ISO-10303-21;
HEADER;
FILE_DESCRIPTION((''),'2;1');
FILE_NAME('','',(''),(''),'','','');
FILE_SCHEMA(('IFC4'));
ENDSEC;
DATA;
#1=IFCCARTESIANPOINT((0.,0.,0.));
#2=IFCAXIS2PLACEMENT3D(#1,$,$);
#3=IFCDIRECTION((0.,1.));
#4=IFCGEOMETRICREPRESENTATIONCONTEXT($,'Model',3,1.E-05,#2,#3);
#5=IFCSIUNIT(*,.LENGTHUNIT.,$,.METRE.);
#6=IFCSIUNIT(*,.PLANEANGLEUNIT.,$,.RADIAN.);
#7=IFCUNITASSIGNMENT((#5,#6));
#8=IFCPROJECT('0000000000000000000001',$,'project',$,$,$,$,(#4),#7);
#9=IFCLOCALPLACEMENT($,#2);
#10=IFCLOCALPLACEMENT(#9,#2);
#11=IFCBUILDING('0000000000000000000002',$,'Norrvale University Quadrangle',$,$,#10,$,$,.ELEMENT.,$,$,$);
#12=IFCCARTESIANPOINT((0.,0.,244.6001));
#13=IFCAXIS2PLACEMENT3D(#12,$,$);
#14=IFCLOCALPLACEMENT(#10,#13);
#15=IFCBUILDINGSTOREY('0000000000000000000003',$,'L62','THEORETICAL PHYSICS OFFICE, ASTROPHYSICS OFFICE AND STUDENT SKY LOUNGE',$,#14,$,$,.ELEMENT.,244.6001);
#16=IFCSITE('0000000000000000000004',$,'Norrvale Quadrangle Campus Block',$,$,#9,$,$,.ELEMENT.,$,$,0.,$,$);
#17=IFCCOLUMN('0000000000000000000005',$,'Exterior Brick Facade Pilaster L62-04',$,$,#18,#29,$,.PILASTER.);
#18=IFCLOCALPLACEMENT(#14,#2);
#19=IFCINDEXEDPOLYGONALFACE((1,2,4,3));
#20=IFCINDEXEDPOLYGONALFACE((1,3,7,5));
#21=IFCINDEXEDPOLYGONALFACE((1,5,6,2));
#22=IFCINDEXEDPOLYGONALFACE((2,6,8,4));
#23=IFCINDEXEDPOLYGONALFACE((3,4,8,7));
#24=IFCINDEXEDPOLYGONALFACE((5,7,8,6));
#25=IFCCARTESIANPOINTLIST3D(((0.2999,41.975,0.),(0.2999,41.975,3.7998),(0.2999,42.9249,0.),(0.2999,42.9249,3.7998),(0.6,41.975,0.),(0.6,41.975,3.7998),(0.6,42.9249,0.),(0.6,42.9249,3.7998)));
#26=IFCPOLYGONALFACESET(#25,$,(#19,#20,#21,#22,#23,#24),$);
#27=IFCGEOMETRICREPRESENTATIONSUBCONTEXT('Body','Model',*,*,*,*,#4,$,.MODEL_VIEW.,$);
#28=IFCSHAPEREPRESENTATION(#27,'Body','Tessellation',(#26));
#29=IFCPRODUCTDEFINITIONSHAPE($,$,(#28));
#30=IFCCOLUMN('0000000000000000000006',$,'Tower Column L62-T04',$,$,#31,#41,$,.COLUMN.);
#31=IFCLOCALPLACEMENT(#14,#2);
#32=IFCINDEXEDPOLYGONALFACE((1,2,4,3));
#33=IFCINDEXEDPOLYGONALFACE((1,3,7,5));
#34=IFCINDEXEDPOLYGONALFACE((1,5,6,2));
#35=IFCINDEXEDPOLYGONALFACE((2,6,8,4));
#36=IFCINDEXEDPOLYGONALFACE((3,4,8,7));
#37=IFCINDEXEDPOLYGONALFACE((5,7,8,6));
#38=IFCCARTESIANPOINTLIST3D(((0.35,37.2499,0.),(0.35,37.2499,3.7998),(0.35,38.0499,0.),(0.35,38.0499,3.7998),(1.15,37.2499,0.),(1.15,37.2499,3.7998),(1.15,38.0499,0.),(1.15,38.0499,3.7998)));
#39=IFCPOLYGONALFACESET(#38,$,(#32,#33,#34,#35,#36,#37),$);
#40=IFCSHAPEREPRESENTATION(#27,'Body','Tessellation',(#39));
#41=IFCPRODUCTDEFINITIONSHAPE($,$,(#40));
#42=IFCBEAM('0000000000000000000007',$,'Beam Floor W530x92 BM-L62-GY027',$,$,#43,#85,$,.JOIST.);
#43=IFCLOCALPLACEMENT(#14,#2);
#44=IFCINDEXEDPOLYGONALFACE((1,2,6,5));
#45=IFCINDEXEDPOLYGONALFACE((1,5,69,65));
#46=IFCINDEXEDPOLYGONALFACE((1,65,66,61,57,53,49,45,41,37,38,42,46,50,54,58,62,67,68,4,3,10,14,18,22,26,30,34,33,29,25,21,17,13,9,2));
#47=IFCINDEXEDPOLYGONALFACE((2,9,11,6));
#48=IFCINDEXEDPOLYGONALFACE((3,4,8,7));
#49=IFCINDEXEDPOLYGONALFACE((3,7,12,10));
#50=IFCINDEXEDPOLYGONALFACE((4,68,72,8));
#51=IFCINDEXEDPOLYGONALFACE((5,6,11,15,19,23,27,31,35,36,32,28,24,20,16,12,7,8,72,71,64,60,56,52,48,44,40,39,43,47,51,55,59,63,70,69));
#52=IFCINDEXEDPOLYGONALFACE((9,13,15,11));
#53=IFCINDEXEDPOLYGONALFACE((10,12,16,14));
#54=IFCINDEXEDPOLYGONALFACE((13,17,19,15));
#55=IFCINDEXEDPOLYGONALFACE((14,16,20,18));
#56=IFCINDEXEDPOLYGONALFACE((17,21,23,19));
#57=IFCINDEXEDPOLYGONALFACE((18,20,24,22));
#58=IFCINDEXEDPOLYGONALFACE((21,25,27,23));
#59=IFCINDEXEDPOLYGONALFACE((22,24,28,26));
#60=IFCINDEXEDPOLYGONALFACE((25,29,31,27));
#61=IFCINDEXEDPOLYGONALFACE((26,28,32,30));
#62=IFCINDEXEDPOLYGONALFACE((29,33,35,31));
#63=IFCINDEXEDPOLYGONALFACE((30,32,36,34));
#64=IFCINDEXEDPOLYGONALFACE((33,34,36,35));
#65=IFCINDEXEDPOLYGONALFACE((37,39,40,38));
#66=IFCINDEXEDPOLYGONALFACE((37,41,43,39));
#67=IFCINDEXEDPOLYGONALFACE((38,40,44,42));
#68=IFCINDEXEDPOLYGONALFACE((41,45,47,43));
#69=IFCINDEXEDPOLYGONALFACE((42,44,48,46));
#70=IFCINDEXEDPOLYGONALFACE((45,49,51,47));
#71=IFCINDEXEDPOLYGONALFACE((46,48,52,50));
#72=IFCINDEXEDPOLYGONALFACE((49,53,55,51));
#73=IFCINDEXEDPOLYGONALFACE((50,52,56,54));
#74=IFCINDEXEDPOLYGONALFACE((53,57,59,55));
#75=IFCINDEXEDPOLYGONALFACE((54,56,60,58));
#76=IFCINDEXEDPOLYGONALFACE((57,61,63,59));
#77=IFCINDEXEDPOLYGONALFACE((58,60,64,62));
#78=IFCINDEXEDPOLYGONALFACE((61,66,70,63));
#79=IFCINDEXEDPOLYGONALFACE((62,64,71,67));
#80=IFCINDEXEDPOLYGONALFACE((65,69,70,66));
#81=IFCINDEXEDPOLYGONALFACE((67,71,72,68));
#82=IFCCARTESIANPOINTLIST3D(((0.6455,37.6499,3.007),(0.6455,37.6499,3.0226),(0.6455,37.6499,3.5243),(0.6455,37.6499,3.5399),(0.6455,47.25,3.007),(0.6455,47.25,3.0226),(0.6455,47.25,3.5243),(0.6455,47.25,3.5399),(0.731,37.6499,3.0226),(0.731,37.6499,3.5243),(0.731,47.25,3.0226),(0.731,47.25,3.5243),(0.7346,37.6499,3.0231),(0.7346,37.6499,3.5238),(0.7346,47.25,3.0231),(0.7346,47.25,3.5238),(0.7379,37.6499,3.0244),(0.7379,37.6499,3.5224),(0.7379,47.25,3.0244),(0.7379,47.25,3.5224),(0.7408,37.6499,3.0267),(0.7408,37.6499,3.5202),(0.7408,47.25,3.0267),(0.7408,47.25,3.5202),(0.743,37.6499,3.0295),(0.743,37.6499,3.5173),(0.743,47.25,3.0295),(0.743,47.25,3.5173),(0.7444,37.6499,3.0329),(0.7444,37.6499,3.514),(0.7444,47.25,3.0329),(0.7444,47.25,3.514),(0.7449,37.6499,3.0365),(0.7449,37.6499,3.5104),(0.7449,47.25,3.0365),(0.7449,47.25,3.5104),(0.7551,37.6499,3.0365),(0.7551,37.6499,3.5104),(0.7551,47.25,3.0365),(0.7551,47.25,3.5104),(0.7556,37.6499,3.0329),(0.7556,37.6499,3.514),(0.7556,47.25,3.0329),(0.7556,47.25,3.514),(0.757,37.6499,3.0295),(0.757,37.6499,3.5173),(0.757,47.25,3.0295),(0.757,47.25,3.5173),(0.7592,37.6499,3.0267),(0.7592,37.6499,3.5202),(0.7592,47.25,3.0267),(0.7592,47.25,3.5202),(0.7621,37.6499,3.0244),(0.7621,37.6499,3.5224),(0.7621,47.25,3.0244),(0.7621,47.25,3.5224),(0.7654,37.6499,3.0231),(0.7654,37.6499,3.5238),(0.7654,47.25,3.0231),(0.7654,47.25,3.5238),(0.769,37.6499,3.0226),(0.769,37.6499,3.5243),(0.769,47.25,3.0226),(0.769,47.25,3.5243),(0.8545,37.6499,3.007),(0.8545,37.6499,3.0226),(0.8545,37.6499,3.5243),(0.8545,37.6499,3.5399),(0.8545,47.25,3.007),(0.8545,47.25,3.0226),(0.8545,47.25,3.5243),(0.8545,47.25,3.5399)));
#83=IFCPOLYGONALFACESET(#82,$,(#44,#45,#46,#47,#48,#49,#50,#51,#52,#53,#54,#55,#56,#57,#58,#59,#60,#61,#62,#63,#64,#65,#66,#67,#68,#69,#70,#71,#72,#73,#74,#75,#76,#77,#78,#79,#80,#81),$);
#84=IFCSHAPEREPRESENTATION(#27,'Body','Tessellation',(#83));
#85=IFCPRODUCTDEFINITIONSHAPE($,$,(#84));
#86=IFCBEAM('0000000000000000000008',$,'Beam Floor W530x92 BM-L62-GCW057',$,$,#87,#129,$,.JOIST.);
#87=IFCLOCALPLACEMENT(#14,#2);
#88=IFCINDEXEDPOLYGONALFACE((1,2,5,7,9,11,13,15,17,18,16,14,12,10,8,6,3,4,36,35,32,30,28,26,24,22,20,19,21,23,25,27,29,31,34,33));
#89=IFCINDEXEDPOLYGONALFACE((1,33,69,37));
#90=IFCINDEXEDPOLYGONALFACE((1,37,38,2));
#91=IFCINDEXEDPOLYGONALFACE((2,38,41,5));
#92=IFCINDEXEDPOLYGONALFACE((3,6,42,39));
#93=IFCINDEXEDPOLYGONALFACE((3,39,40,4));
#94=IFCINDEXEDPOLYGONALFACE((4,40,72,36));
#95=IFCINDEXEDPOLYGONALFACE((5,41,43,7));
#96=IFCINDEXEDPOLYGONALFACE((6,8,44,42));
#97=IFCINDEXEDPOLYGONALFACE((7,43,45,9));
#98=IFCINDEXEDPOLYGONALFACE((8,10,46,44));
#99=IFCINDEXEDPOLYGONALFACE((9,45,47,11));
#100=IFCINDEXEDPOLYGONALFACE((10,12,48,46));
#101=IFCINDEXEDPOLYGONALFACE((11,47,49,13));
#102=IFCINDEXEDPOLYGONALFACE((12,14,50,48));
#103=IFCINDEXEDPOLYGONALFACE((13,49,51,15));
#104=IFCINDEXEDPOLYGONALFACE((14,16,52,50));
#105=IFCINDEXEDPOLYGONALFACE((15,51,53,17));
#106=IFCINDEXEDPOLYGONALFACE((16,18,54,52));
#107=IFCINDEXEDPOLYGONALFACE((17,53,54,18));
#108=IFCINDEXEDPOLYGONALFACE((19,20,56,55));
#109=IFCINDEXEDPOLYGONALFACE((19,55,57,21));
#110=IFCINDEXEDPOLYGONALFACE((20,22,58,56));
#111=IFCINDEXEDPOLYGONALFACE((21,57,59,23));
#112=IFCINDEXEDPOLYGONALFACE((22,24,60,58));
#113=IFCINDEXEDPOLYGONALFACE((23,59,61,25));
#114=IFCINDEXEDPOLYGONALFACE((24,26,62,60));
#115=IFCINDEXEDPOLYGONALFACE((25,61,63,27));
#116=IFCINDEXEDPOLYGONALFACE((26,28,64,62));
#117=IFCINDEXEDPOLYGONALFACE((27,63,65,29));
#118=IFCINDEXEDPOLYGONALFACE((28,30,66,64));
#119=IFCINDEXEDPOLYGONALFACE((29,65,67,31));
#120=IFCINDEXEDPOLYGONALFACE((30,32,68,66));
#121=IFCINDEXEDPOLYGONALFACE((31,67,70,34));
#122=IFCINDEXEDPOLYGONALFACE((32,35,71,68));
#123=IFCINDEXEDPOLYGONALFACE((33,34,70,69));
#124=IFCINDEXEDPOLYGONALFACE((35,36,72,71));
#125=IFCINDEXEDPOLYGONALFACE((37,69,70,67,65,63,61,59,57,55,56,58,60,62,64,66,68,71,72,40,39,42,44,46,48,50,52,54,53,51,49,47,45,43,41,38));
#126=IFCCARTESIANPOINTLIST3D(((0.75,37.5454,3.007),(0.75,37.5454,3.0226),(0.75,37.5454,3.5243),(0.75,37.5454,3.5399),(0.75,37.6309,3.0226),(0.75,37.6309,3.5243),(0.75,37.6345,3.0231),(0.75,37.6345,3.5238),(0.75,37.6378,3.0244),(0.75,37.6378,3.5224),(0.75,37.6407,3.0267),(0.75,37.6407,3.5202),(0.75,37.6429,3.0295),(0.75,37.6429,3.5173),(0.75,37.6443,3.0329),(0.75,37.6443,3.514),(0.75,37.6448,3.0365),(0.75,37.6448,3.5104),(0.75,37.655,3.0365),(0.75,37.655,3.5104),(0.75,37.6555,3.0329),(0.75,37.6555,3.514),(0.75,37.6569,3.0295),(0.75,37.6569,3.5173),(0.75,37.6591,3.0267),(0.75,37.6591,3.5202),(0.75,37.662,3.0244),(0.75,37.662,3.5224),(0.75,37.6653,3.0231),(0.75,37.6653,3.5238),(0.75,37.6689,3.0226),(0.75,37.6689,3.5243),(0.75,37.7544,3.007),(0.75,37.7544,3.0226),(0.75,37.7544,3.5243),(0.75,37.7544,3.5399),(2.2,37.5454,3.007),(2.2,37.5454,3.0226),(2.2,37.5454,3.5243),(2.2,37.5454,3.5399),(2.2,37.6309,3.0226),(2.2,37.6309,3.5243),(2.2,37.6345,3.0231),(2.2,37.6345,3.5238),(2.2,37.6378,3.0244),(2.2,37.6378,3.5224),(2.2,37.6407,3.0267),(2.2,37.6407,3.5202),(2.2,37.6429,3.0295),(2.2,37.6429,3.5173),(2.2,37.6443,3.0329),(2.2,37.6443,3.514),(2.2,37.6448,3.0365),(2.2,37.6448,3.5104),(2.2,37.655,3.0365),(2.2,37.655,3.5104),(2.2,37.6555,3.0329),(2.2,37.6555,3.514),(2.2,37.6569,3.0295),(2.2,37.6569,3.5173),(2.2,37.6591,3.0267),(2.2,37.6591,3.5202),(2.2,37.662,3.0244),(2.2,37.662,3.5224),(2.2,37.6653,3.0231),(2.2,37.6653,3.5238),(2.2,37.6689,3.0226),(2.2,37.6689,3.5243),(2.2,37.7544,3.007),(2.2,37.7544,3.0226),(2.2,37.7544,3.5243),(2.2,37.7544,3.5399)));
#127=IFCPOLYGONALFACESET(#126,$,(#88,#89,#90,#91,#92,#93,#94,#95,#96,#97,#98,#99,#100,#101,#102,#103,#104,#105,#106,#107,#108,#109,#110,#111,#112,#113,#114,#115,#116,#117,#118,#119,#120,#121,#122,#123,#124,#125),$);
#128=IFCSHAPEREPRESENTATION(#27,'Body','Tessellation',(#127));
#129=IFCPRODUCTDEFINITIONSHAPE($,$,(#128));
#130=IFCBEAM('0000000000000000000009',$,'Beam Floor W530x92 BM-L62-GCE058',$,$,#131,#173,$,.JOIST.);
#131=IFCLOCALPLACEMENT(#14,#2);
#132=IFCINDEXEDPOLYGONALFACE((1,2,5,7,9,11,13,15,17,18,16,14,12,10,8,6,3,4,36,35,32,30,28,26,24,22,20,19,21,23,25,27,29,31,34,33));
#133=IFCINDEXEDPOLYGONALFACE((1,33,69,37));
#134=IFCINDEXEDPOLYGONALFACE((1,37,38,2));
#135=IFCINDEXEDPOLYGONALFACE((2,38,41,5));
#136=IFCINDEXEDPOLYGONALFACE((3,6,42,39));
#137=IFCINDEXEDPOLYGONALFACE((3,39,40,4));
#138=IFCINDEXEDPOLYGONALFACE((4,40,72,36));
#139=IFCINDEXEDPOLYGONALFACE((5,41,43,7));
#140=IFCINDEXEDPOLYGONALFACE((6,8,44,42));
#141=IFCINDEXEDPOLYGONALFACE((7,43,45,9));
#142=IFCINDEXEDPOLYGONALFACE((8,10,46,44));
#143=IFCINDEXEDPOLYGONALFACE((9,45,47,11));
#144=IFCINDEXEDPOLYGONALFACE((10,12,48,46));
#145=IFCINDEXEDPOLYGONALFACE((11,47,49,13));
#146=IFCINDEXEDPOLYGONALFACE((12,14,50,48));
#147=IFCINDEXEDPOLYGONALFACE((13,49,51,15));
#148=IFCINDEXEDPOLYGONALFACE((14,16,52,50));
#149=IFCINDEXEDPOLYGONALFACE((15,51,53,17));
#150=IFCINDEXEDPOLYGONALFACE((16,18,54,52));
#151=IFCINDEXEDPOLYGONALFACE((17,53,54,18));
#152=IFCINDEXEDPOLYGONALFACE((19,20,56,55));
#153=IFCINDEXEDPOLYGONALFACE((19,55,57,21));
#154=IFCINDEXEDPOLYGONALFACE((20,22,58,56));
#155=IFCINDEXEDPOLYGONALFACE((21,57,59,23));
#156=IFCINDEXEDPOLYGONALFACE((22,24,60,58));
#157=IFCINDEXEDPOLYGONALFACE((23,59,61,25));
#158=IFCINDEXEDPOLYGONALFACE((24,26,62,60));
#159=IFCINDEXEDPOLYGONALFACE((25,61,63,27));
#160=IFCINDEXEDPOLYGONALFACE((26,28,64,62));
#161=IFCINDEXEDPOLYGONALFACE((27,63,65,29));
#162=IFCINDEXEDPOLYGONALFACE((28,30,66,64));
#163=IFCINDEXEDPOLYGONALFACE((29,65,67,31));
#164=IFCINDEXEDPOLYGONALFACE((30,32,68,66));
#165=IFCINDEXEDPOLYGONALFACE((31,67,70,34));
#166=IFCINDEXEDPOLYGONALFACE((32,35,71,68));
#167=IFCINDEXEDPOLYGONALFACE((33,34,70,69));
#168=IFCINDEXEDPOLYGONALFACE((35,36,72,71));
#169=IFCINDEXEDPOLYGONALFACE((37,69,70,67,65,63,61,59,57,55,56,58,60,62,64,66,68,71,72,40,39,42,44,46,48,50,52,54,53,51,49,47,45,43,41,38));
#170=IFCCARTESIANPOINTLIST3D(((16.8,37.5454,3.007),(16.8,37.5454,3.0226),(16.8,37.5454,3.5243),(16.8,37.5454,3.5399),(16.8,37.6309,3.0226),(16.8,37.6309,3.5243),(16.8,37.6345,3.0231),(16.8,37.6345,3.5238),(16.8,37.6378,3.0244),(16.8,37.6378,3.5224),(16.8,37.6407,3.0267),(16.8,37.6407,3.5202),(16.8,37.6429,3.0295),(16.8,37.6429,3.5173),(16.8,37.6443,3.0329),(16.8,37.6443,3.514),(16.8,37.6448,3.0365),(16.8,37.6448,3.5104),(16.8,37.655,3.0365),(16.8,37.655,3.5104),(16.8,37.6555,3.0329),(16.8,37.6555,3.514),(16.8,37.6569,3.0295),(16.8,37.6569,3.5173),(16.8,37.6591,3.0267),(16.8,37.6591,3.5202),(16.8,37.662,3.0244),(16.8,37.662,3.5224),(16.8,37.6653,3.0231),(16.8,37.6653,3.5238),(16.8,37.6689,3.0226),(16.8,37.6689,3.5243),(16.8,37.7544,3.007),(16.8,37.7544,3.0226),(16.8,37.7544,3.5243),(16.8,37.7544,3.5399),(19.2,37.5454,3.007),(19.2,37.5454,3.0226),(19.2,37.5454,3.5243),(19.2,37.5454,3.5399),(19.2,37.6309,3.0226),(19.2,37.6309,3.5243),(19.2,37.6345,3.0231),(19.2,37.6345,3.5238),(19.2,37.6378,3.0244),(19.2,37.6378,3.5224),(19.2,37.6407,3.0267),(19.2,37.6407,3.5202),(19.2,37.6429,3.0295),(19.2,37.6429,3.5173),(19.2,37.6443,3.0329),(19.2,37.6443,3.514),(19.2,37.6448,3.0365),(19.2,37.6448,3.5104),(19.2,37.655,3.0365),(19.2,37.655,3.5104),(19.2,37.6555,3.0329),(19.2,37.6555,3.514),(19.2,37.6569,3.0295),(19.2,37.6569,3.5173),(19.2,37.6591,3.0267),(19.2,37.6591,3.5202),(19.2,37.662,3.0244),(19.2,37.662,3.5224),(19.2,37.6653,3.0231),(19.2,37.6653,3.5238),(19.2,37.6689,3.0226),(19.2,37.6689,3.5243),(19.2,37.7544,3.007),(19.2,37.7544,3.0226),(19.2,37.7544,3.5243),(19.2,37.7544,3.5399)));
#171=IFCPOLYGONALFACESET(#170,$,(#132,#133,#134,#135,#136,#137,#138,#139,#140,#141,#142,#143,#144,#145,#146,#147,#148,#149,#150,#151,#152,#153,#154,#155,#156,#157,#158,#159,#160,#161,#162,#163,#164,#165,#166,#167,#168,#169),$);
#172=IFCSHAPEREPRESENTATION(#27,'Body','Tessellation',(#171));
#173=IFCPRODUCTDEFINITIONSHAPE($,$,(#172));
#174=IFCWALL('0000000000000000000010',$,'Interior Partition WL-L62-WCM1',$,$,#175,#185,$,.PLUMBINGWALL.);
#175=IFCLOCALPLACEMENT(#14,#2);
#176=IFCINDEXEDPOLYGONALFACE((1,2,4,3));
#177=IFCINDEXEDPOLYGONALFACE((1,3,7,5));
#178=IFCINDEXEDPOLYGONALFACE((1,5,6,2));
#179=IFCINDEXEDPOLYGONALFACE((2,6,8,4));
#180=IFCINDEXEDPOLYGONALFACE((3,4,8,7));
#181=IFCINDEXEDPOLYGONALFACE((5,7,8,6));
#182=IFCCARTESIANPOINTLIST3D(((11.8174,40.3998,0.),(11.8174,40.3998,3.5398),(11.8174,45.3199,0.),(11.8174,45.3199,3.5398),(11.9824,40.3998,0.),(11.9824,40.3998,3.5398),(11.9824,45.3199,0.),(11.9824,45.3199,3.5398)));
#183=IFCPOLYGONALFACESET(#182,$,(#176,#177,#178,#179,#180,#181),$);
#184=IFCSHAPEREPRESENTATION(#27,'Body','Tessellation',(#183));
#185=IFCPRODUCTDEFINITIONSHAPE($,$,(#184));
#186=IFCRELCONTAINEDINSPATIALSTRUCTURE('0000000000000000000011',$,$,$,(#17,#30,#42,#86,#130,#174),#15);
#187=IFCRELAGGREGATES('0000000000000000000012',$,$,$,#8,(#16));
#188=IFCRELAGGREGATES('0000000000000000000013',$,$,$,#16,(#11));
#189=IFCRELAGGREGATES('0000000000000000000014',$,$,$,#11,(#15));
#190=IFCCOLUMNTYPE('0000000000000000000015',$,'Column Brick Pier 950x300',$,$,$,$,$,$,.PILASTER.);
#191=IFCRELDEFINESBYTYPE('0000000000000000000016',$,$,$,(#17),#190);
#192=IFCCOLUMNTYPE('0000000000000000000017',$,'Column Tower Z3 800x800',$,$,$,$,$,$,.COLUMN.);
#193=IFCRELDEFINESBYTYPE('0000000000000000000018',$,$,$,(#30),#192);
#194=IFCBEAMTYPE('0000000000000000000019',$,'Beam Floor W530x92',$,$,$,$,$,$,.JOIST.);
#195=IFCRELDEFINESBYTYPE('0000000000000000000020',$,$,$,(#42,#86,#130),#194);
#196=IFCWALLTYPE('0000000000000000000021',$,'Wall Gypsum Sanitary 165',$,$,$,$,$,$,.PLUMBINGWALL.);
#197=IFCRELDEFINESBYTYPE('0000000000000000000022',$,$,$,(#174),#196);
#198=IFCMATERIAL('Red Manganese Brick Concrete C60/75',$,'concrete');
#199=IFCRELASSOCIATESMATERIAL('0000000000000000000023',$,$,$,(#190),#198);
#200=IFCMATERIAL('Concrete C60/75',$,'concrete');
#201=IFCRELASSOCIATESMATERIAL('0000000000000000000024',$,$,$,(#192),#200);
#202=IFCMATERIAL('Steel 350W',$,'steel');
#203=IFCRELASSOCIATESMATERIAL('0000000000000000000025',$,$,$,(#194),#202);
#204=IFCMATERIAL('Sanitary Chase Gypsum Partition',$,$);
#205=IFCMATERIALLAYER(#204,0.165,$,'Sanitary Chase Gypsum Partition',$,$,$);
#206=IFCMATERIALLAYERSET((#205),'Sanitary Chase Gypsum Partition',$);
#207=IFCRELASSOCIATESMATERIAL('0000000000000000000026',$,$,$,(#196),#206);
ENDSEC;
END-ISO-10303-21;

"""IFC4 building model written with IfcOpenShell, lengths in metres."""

from ifc_helpers import new_model, si_unit, direction, frame, frame_2d, origin, origin_2d, place, context, subcontext, project, spatial, rectangle, i_section, extrude, material, layer, layer_set, material_profile, profile_set, type_object, element, save


model = new_model("IFC4")

# Units and contexts
model_context = context("Model", 3, precision=1e-05, world=origin(), true_north=direction((0.0, 1.0)))
body_context = subcontext(model_context, "Body", "Model", "MODEL_VIEW")
ifc_project = project(units=[si_unit("LENGTHUNIT", "METRE"), si_unit("PLANEANGLEUNIT", "RADIAN")], contexts=[model_context])

# Site, building, storey
site_placement = place(None, origin())
site = spatial("IfcSite", under=ifc_project, at=site_placement, Name="Norrvale Quadrangle Campus Block", CompositionType="ELEMENT", RefElevation=0.0)
building_placement = place(site_placement, origin())
building = spatial("IfcBuilding", under=site, at=building_placement, Name="Norrvale University Quadrangle", CompositionType="ELEMENT")
storey_placement = place(building_placement, frame((0.0, 0.0, 244.6001)))
storey = spatial("IfcBuildingStorey", under=building, at=storey_placement, Name="L62", Description="THEORETICAL PHYSICS OFFICE, ASTROPHYSICS OFFICE AND STUDENT SKY LOUNGE", CompositionType="ELEMENT", Elevation=244.6001)

# Columns
ifc_material_1 = material(Name="Red Manganese Brick Concrete C60/75", Category="concrete")
ifc_material_profile_1 = material_profile(ifc_material_1, rectangle(XDim=0.95, YDim=0.3, at=origin_2d()), Name="Red Manganese Brick Concrete C60/75")
ifc_profile_set_1 = profile_set([ifc_material_profile_1], Name="Red Manganese Brick Concrete C60/75")
column_type_1 = type_object("IfcColumnType", Name="Column Brick Pier 950x300", PredefinedType="PILASTER", material=ifc_profile_set_1)
column_1_placement = place(storey_placement, frame((0.45, 42.45, 0.0), z_axis=(0.0, 0.0, 1.0), x_axis=(0.0, 1.0, 0.0)))
element("IfcColumn", 1, at=column_1_placement, inside=storey, type_object=column_type_1, Name="Exterior Brick Facade Pilaster L62-04", PredefinedType="PILASTER", context=body_context, shape_type="SweptSolid", body=[
    extrude(rectangle(XDim=0.95, YDim=0.3, at=origin_2d()), origin(), (0.0, 0.0, 1.0), 3.7998),
])
ifc_material_2 = material(Name="Concrete C60/75", Category="concrete")
ifc_material_profile_2 = material_profile(ifc_material_2, rectangle(XDim=0.8, YDim=0.8, at=origin_2d()), Name="Concrete C60/75")
ifc_profile_set_2 = profile_set([ifc_material_profile_2], Name="Concrete C60/75")
column_type_2 = type_object("IfcColumnType", Name="Column Tower Z3 800x800", PredefinedType="COLUMN", material=ifc_profile_set_2)
column_2_placement = place(storey_placement, frame((0.75, 37.6499, 0.0), z_axis=(0.0, 0.0, 1.0), x_axis=(1.0, 0.0, 0.0)))
element("IfcColumn", 2, at=column_2_placement, inside=storey, type_object=column_type_2, Name="Tower Column L62-T04", PredefinedType="COLUMN", context=body_context, shape_type="SweptSolid", body=[
    extrude(rectangle(XDim=0.8, YDim=0.8, at=origin_2d()), origin(), (0.0, 0.0, 1.0), 3.7998),
])

# Beams
ifc_material_3 = material(Name="Steel 350W", Category="steel")
ifc_material_profile_3 = material_profile(ifc_material_3, i_section(OverallWidth=0.209, OverallDepth=0.533, WebThickness=0.0103, FlangeThickness=0.0156, FilletRadius=0.0139, at=origin_2d()), Name="Steel 350W")
ifc_profile_set_3 = profile_set([ifc_material_profile_3], Name="Steel 350W")
beam_type = type_object("IfcBeamType", Name="Beam Floor W530x92", PredefinedType="JOIST", material=ifc_profile_set_3)
beam_1_placement = place(storey_placement, frame((0.75, 37.6499, 3.2734), z_axis=(0.0, 1.0, 0.0), x_axis=(-1.0, 0.0, 0.0)))
element("IfcBeam", 3, at=beam_1_placement, inside=storey, type_object=beam_type, Name="Beam Floor W530x92 BM-L62-GY027", PredefinedType="JOIST", context=body_context, shape_type="SweptSolid", body=[
    extrude(i_section(OverallWidth=0.209, OverallDepth=0.533, WebThickness=0.0103, FlangeThickness=0.0156, FilletRadius=0.0139, at=origin_2d()), origin(), (0.0, 0.0, 1.0), 9.6001),
])
beam_2_placement = place(storey_placement, frame((0.75, 37.6499, 3.2734), z_axis=(1.0, 0.0, 0.0), x_axis=(0.0, 1.0, 0.0)))
element("IfcBeam", 4, at=beam_2_placement, inside=storey, type_object=beam_type, Name="Beam Floor W530x92 BM-L62-GCW057", PredefinedType="JOIST", context=body_context, shape_type="SweptSolid", body=[
    extrude(i_section(OverallWidth=0.209, OverallDepth=0.533, WebThickness=0.0103, FlangeThickness=0.0156, FilletRadius=0.0139, at=origin_2d()), origin(), (0.0, 0.0, 1.0), 1.45),
])
beam_3_placement = place(storey_placement, frame((16.8, 37.6499, 3.2734), z_axis=(1.0, 0.0, 0.0), x_axis=(0.0, 1.0, 0.0)))
element("IfcBeam", 5, at=beam_3_placement, inside=storey, type_object=beam_type, Name="Beam Floor W530x92 BM-L62-GCE058", PredefinedType="JOIST", context=body_context, shape_type="SweptSolid", body=[
    extrude(i_section(OverallWidth=0.209, OverallDepth=0.533, WebThickness=0.0103, FlangeThickness=0.0156, FilletRadius=0.0139, at=origin_2d()), origin(), (0.0, 0.0, 1.0), 2.3999),
])

# Wall
ifc_material_4 = material(Name="Sanitary Chase Gypsum Partition")
ifc_layer_1 = layer(ifc_material_4, 0.165, Name="Sanitary Chase Gypsum Partition")
ifc_layer_set_1 = layer_set([ifc_layer_1], Name="Sanitary Chase Gypsum Partition")
wall_type_1 = type_object("IfcWallType", Name="Wall Gypsum Sanitary 165", PredefinedType="PLUMBINGWALL", material=ifc_layer_set_1)
wall_1_placement = place(storey_placement, frame((11.8999, 40.3999, 0.0), z_axis=(0.0, 0.0, 1.0), x_axis=(0.0, 1.0, 0.0)))
element("IfcWall", 6, at=wall_1_placement, inside=storey, type_object=wall_type_1, Name="Interior Partition WL-L62-WCM1", PredefinedType="PLUMBINGWALL", context=body_context, shape_type="SweptSolid", body=[
    extrude(rectangle(XDim=4.9202, YDim=0.165, at=frame_2d((2.46, 0.0))), origin(), (0.0, 0.0, 1.0), 3.5398),
])

save(model, "model.ifc")
